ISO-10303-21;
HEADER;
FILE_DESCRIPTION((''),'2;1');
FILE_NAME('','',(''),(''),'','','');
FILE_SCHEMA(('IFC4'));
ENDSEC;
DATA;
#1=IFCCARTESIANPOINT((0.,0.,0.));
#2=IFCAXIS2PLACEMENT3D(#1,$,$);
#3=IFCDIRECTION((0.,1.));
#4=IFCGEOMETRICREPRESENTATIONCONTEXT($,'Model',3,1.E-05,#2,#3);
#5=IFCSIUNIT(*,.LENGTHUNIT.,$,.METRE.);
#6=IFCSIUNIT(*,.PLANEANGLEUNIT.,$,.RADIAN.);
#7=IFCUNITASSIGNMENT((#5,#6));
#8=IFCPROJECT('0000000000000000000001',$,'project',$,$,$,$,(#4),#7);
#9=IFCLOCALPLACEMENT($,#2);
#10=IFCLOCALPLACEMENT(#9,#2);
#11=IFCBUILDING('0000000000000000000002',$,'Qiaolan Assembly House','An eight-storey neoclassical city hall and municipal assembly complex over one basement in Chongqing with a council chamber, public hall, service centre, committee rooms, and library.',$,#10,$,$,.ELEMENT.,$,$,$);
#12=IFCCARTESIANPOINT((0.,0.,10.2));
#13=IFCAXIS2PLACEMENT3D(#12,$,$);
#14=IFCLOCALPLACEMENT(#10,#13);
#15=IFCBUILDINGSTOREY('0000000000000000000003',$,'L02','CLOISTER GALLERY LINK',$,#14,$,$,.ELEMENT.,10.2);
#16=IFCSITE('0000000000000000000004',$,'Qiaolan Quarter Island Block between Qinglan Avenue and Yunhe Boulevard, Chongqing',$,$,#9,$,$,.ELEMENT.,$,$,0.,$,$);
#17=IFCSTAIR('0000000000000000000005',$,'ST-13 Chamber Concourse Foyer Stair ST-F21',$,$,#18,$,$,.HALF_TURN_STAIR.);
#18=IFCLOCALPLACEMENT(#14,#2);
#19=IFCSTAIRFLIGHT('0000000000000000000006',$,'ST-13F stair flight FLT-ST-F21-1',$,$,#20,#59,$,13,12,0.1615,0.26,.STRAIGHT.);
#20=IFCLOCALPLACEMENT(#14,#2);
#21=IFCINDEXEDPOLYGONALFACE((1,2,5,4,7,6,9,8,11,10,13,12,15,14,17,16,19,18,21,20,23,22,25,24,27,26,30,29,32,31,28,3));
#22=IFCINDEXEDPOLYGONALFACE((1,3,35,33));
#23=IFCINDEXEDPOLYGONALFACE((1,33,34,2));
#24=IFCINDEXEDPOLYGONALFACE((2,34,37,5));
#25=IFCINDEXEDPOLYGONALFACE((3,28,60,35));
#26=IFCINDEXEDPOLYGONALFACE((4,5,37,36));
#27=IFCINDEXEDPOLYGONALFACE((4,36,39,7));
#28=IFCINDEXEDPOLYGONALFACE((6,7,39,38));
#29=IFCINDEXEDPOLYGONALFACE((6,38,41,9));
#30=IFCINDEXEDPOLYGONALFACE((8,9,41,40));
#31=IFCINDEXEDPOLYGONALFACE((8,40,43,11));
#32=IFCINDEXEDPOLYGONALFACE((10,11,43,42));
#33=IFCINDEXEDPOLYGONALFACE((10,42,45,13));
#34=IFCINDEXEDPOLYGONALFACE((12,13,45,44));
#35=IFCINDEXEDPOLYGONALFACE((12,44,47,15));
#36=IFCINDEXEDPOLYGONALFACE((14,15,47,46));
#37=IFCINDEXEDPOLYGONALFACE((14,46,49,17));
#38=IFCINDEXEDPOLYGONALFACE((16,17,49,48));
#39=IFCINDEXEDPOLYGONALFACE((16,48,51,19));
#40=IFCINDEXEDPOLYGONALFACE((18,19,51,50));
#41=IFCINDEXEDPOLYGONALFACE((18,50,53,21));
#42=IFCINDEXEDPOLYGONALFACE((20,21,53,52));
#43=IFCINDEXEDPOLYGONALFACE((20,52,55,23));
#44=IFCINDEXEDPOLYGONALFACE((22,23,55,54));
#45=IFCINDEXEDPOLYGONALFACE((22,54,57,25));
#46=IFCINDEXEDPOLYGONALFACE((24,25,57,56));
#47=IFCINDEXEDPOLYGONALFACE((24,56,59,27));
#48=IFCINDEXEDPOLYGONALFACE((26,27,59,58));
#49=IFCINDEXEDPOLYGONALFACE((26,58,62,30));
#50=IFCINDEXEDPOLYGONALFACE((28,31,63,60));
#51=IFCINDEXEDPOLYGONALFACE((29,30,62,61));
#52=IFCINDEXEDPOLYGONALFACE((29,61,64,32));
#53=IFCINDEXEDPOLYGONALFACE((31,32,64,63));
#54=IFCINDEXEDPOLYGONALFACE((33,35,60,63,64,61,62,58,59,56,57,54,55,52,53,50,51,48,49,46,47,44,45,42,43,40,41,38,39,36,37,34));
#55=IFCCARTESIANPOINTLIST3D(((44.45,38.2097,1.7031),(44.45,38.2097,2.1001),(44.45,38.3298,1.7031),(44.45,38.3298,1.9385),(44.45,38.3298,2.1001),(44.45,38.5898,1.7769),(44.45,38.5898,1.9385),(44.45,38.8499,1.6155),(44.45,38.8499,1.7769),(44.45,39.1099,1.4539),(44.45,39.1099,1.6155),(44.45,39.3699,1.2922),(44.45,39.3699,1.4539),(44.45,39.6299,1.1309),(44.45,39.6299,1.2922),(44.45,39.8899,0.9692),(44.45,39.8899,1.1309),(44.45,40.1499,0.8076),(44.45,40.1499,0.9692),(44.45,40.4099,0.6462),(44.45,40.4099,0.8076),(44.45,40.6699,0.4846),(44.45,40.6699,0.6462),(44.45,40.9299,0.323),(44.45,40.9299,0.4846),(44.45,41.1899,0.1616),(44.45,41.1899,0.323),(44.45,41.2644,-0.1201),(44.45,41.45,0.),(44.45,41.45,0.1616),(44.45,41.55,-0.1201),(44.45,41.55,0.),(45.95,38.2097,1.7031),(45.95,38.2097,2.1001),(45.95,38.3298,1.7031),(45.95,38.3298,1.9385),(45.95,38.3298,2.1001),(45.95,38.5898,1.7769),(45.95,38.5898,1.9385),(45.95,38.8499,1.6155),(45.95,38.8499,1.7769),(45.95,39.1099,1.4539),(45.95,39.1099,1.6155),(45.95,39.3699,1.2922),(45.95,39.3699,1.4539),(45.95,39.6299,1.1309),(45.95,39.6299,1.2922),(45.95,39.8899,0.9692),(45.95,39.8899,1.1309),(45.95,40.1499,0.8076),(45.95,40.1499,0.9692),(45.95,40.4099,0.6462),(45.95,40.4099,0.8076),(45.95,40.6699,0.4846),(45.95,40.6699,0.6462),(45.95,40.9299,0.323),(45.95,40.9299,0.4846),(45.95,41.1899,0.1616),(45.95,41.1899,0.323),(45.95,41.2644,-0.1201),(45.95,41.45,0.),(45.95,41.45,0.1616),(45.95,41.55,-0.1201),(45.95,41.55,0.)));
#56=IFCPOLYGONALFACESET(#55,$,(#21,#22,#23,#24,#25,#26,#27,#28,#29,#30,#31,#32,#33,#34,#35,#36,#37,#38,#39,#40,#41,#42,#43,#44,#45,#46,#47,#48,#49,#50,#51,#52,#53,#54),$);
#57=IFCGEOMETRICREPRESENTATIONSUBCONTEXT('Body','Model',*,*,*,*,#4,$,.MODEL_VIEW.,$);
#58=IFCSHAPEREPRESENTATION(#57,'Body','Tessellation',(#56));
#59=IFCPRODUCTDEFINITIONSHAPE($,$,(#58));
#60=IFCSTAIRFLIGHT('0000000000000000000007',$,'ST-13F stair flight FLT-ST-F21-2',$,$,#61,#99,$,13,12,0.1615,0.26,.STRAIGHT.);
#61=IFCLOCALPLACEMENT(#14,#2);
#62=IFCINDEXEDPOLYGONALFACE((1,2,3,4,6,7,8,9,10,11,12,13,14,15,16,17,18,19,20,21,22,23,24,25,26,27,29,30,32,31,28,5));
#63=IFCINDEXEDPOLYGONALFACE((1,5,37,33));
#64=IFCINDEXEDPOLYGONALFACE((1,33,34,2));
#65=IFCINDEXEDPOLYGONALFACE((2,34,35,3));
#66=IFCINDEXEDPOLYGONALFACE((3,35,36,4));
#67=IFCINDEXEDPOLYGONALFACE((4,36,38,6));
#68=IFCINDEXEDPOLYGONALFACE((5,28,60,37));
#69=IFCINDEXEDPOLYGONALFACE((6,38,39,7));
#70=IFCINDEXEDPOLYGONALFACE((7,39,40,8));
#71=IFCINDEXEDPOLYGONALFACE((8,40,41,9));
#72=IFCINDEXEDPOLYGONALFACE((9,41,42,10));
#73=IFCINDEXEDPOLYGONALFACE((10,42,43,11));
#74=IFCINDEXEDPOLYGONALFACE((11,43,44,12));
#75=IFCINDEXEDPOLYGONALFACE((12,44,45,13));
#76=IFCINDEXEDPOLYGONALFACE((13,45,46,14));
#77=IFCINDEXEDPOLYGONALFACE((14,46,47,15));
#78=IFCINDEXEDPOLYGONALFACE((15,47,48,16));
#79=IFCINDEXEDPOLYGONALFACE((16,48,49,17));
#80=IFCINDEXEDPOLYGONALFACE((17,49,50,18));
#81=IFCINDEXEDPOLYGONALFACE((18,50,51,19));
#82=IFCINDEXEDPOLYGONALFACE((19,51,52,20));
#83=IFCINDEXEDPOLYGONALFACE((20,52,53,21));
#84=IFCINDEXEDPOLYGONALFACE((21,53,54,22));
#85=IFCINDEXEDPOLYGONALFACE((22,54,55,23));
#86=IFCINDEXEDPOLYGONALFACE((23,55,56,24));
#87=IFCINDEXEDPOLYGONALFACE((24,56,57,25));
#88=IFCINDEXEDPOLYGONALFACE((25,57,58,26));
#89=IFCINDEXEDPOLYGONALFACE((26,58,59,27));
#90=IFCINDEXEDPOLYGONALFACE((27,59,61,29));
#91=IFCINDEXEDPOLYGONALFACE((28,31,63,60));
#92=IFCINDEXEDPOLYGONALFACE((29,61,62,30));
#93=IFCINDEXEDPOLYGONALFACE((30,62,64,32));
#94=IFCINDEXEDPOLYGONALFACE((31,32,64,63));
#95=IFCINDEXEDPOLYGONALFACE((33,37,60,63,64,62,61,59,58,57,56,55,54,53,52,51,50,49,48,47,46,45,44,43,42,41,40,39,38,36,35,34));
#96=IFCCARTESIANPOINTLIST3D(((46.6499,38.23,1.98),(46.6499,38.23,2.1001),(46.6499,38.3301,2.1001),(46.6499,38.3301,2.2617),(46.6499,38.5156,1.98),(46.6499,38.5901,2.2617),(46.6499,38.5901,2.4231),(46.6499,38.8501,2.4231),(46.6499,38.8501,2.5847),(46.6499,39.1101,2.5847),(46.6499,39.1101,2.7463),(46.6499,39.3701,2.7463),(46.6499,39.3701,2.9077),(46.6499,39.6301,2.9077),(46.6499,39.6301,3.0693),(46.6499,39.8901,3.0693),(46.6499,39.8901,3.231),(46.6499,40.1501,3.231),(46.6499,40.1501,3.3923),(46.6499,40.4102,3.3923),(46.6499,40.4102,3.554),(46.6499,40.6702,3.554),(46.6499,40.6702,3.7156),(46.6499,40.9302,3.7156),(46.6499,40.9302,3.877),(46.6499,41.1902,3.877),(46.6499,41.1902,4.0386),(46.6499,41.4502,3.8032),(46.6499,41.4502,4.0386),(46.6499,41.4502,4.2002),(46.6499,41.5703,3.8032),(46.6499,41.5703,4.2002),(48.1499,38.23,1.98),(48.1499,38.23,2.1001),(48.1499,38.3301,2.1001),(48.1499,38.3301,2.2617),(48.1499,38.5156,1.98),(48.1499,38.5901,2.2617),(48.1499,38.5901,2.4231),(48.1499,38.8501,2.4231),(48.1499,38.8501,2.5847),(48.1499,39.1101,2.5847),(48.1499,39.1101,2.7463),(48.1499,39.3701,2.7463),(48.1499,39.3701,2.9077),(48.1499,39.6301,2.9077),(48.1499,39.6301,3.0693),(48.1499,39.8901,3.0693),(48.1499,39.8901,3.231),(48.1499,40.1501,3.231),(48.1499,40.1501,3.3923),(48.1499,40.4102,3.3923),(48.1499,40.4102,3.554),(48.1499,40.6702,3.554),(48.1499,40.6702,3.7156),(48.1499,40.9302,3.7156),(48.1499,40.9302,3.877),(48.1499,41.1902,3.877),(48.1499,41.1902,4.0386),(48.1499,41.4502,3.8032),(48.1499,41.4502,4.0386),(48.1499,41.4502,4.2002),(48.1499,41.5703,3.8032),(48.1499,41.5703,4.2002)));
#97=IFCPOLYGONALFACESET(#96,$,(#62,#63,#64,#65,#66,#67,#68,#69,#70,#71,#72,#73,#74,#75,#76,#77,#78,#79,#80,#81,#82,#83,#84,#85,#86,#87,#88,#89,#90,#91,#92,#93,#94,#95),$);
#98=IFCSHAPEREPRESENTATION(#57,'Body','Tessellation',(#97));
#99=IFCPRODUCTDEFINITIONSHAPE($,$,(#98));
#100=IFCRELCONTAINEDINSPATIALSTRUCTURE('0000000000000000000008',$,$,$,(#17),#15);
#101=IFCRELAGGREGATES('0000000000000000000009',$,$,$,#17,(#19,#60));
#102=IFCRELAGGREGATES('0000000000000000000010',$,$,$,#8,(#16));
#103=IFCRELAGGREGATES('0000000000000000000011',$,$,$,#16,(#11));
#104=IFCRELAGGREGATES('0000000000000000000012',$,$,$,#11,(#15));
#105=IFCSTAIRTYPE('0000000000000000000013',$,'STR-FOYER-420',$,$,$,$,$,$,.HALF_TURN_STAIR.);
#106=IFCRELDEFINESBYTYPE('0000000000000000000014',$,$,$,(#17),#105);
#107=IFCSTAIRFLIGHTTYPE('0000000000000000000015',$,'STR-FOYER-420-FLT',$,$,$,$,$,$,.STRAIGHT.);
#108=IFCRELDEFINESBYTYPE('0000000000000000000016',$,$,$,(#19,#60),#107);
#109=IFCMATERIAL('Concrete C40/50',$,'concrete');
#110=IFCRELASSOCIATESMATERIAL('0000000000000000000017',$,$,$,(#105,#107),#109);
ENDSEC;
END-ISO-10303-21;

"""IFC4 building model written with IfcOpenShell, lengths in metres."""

from ifc_helpers import new_model, si_unit, direction, frame, origin, place, context, subcontext, project, spatial, polyline, outline, extrude, material, type_object, element, aggregate, save


model = new_model("IFC4")

# Units and contexts
model_context = context("Model", 3, precision=1e-05, world=origin(), true_north=direction((0.0, 1.0)))
body_context = subcontext(model_context, "Body", "Model", "MODEL_VIEW")
ifc_project = project(units=[si_unit("LENGTHUNIT", "METRE"), si_unit("PLANEANGLEUNIT", "RADIAN")], contexts=[model_context])

# Site, building, storey
site_placement = place(None, origin())
site = spatial("IfcSite", under=ifc_project, at=site_placement, Name="Qiaolan Quarter Island Block between Qinglan Avenue and Yunhe Boulevard, Chongqing", CompositionType="ELEMENT", RefElevation=0.0)
building_placement = place(site_placement, origin())
building = spatial("IfcBuilding", under=site, at=building_placement, Name="Qiaolan Assembly House", Description="An eight-storey neoclassical city hall and municipal assembly complex over one basement in Chongqing with a council chamber, public hall, service centre, committee rooms, and library.", CompositionType="ELEMENT")
storey_placement = place(building_placement, frame((0.0, 0.0, 10.2)))
storey = spatial("IfcBuildingStorey", under=building, at=storey_placement, Name="L02", Description="CLOISTER GALLERY LINK", CompositionType="ELEMENT", Elevation=10.2)

# Stair, stair flights
ifc_material_1 = material(Name="Concrete C40/50", Category="concrete")
stair_type = type_object("IfcStairType", Name="STR-FOYER-420", PredefinedType="HALF_TURN_STAIR", material=ifc_material_1)
stair_placement = place(storey_placement, origin())
stair = element("IfcStair", 1, at=stair_placement, inside=storey, type_object=stair_type, Name="ST-13 Chamber Concourse Foyer Stair ST-F21", PredefinedType="HALF_TURN_STAIR")
stair_flight_type = type_object("IfcStairFlightType", Name="STR-FOYER-420-FLT", PredefinedType="STRAIGHT", material=ifc_material_1)
stair_flight_1_placement = place(storey_placement, frame((45.2, 41.45, 0.0), z_axis=(0.0, 0.0, 1.0), x_axis=(0.0, -1.0, 0.0)))
stair_flight_1 = element("IfcStairFlight", 2, at=stair_flight_1_placement, type_object=stair_flight_type, Name="ST-13F stair flight FLT-ST-F21-1", NumberOfRisers=13, NumberOfTreads=12, PredefinedType="STRAIGHT", RiserHeight=0.1615, TreadLength=0.26, context=body_context, shape_type="SweptSolid", body=[
    extrude(outline(polyline([(-0.1001, -0.1201), (-0.1001, 0.0), (0.0, 0.0), (0.0, 0.1616), (0.26, 0.1616), (0.26, 0.323), (0.52, 0.323), (0.52, 0.4846), (0.78, 0.4846), (0.78, 0.6462), (1.04, 0.6462), (1.04, 0.8076), (1.3, 0.8076), (1.3, 0.9692), (1.5601, 0.9692), (1.5601, 1.1309), (1.8201, 1.1309), (1.8201, 1.2922), (2.0801, 1.2922), (2.0801, 1.4539), (2.3401, 1.4539), (2.3401, 1.6155), (2.6001, 1.6155), (2.6001, 1.7769), (2.8601, 1.7769), (2.8601, 1.9385), (3.1201, 1.9385), (3.1201, 2.1001), (3.2402, 2.1001), (3.2402, 1.7031), (3.1201, 1.7031), (0.1855, -0.1201), (-0.1001, -0.1201)])), frame((0.0, 0.75, 0.0), z_axis=(0.0, -1.0, 0.0), x_axis=(1.0, 0.0, 0.0)), (0.0, 0.0, 1.0), 1.5),
])
stair_flight_2_placement = place(storey_placement, frame((47.3999, 38.3301, 2.1001), z_axis=(0.0, 0.0, 1.0), x_axis=(0.0, 1.0, 0.0)))
stair_flight_2 = element("IfcStairFlight", 3, at=stair_flight_2_placement, type_object=stair_flight_type, Name="ST-13F stair flight FLT-ST-F21-2", NumberOfRisers=13, NumberOfTreads=12, PredefinedType="STRAIGHT", RiserHeight=0.1615, TreadLength=0.26, context=body_context, shape_type="SweptSolid", body=[
    extrude(outline(polyline([(-0.1001, -0.1201), (-0.1001, 0.0), (0.0, 0.0), (0.0, 0.1616), (0.26, 0.1616), (0.26, 0.323), (0.52, 0.323), (0.52, 0.4846), (0.78, 0.4846), (0.78, 0.6462), (1.04, 0.6462), (1.04, 0.8076), (1.3, 0.8076), (1.3, 0.9692), (1.5601, 0.9692), (1.5601, 1.1309), (1.8201, 1.1309), (1.8201, 1.2922), (2.0801, 1.2922), (2.0801, 1.4539), (2.3401, 1.4539), (2.3401, 1.6155), (2.6001, 1.6155), (2.6001, 1.7769), (2.8601, 1.7769), (2.8601, 1.9385), (3.1201, 1.9385), (3.1201, 2.1001), (3.2402, 2.1001), (3.2402, 1.7031), (3.1201, 1.7031), (0.1855, -0.1201), (-0.1001, -0.1201)])), frame((0.0, 0.75, 0.0), z_axis=(0.0, -1.0, 0.0), x_axis=(1.0, 0.0, 0.0)), (0.0, 0.0, 1.0), 1.5),
])
aggregate(stair, [stair_flight_1, stair_flight_2])

save(model, "model.ifc")
